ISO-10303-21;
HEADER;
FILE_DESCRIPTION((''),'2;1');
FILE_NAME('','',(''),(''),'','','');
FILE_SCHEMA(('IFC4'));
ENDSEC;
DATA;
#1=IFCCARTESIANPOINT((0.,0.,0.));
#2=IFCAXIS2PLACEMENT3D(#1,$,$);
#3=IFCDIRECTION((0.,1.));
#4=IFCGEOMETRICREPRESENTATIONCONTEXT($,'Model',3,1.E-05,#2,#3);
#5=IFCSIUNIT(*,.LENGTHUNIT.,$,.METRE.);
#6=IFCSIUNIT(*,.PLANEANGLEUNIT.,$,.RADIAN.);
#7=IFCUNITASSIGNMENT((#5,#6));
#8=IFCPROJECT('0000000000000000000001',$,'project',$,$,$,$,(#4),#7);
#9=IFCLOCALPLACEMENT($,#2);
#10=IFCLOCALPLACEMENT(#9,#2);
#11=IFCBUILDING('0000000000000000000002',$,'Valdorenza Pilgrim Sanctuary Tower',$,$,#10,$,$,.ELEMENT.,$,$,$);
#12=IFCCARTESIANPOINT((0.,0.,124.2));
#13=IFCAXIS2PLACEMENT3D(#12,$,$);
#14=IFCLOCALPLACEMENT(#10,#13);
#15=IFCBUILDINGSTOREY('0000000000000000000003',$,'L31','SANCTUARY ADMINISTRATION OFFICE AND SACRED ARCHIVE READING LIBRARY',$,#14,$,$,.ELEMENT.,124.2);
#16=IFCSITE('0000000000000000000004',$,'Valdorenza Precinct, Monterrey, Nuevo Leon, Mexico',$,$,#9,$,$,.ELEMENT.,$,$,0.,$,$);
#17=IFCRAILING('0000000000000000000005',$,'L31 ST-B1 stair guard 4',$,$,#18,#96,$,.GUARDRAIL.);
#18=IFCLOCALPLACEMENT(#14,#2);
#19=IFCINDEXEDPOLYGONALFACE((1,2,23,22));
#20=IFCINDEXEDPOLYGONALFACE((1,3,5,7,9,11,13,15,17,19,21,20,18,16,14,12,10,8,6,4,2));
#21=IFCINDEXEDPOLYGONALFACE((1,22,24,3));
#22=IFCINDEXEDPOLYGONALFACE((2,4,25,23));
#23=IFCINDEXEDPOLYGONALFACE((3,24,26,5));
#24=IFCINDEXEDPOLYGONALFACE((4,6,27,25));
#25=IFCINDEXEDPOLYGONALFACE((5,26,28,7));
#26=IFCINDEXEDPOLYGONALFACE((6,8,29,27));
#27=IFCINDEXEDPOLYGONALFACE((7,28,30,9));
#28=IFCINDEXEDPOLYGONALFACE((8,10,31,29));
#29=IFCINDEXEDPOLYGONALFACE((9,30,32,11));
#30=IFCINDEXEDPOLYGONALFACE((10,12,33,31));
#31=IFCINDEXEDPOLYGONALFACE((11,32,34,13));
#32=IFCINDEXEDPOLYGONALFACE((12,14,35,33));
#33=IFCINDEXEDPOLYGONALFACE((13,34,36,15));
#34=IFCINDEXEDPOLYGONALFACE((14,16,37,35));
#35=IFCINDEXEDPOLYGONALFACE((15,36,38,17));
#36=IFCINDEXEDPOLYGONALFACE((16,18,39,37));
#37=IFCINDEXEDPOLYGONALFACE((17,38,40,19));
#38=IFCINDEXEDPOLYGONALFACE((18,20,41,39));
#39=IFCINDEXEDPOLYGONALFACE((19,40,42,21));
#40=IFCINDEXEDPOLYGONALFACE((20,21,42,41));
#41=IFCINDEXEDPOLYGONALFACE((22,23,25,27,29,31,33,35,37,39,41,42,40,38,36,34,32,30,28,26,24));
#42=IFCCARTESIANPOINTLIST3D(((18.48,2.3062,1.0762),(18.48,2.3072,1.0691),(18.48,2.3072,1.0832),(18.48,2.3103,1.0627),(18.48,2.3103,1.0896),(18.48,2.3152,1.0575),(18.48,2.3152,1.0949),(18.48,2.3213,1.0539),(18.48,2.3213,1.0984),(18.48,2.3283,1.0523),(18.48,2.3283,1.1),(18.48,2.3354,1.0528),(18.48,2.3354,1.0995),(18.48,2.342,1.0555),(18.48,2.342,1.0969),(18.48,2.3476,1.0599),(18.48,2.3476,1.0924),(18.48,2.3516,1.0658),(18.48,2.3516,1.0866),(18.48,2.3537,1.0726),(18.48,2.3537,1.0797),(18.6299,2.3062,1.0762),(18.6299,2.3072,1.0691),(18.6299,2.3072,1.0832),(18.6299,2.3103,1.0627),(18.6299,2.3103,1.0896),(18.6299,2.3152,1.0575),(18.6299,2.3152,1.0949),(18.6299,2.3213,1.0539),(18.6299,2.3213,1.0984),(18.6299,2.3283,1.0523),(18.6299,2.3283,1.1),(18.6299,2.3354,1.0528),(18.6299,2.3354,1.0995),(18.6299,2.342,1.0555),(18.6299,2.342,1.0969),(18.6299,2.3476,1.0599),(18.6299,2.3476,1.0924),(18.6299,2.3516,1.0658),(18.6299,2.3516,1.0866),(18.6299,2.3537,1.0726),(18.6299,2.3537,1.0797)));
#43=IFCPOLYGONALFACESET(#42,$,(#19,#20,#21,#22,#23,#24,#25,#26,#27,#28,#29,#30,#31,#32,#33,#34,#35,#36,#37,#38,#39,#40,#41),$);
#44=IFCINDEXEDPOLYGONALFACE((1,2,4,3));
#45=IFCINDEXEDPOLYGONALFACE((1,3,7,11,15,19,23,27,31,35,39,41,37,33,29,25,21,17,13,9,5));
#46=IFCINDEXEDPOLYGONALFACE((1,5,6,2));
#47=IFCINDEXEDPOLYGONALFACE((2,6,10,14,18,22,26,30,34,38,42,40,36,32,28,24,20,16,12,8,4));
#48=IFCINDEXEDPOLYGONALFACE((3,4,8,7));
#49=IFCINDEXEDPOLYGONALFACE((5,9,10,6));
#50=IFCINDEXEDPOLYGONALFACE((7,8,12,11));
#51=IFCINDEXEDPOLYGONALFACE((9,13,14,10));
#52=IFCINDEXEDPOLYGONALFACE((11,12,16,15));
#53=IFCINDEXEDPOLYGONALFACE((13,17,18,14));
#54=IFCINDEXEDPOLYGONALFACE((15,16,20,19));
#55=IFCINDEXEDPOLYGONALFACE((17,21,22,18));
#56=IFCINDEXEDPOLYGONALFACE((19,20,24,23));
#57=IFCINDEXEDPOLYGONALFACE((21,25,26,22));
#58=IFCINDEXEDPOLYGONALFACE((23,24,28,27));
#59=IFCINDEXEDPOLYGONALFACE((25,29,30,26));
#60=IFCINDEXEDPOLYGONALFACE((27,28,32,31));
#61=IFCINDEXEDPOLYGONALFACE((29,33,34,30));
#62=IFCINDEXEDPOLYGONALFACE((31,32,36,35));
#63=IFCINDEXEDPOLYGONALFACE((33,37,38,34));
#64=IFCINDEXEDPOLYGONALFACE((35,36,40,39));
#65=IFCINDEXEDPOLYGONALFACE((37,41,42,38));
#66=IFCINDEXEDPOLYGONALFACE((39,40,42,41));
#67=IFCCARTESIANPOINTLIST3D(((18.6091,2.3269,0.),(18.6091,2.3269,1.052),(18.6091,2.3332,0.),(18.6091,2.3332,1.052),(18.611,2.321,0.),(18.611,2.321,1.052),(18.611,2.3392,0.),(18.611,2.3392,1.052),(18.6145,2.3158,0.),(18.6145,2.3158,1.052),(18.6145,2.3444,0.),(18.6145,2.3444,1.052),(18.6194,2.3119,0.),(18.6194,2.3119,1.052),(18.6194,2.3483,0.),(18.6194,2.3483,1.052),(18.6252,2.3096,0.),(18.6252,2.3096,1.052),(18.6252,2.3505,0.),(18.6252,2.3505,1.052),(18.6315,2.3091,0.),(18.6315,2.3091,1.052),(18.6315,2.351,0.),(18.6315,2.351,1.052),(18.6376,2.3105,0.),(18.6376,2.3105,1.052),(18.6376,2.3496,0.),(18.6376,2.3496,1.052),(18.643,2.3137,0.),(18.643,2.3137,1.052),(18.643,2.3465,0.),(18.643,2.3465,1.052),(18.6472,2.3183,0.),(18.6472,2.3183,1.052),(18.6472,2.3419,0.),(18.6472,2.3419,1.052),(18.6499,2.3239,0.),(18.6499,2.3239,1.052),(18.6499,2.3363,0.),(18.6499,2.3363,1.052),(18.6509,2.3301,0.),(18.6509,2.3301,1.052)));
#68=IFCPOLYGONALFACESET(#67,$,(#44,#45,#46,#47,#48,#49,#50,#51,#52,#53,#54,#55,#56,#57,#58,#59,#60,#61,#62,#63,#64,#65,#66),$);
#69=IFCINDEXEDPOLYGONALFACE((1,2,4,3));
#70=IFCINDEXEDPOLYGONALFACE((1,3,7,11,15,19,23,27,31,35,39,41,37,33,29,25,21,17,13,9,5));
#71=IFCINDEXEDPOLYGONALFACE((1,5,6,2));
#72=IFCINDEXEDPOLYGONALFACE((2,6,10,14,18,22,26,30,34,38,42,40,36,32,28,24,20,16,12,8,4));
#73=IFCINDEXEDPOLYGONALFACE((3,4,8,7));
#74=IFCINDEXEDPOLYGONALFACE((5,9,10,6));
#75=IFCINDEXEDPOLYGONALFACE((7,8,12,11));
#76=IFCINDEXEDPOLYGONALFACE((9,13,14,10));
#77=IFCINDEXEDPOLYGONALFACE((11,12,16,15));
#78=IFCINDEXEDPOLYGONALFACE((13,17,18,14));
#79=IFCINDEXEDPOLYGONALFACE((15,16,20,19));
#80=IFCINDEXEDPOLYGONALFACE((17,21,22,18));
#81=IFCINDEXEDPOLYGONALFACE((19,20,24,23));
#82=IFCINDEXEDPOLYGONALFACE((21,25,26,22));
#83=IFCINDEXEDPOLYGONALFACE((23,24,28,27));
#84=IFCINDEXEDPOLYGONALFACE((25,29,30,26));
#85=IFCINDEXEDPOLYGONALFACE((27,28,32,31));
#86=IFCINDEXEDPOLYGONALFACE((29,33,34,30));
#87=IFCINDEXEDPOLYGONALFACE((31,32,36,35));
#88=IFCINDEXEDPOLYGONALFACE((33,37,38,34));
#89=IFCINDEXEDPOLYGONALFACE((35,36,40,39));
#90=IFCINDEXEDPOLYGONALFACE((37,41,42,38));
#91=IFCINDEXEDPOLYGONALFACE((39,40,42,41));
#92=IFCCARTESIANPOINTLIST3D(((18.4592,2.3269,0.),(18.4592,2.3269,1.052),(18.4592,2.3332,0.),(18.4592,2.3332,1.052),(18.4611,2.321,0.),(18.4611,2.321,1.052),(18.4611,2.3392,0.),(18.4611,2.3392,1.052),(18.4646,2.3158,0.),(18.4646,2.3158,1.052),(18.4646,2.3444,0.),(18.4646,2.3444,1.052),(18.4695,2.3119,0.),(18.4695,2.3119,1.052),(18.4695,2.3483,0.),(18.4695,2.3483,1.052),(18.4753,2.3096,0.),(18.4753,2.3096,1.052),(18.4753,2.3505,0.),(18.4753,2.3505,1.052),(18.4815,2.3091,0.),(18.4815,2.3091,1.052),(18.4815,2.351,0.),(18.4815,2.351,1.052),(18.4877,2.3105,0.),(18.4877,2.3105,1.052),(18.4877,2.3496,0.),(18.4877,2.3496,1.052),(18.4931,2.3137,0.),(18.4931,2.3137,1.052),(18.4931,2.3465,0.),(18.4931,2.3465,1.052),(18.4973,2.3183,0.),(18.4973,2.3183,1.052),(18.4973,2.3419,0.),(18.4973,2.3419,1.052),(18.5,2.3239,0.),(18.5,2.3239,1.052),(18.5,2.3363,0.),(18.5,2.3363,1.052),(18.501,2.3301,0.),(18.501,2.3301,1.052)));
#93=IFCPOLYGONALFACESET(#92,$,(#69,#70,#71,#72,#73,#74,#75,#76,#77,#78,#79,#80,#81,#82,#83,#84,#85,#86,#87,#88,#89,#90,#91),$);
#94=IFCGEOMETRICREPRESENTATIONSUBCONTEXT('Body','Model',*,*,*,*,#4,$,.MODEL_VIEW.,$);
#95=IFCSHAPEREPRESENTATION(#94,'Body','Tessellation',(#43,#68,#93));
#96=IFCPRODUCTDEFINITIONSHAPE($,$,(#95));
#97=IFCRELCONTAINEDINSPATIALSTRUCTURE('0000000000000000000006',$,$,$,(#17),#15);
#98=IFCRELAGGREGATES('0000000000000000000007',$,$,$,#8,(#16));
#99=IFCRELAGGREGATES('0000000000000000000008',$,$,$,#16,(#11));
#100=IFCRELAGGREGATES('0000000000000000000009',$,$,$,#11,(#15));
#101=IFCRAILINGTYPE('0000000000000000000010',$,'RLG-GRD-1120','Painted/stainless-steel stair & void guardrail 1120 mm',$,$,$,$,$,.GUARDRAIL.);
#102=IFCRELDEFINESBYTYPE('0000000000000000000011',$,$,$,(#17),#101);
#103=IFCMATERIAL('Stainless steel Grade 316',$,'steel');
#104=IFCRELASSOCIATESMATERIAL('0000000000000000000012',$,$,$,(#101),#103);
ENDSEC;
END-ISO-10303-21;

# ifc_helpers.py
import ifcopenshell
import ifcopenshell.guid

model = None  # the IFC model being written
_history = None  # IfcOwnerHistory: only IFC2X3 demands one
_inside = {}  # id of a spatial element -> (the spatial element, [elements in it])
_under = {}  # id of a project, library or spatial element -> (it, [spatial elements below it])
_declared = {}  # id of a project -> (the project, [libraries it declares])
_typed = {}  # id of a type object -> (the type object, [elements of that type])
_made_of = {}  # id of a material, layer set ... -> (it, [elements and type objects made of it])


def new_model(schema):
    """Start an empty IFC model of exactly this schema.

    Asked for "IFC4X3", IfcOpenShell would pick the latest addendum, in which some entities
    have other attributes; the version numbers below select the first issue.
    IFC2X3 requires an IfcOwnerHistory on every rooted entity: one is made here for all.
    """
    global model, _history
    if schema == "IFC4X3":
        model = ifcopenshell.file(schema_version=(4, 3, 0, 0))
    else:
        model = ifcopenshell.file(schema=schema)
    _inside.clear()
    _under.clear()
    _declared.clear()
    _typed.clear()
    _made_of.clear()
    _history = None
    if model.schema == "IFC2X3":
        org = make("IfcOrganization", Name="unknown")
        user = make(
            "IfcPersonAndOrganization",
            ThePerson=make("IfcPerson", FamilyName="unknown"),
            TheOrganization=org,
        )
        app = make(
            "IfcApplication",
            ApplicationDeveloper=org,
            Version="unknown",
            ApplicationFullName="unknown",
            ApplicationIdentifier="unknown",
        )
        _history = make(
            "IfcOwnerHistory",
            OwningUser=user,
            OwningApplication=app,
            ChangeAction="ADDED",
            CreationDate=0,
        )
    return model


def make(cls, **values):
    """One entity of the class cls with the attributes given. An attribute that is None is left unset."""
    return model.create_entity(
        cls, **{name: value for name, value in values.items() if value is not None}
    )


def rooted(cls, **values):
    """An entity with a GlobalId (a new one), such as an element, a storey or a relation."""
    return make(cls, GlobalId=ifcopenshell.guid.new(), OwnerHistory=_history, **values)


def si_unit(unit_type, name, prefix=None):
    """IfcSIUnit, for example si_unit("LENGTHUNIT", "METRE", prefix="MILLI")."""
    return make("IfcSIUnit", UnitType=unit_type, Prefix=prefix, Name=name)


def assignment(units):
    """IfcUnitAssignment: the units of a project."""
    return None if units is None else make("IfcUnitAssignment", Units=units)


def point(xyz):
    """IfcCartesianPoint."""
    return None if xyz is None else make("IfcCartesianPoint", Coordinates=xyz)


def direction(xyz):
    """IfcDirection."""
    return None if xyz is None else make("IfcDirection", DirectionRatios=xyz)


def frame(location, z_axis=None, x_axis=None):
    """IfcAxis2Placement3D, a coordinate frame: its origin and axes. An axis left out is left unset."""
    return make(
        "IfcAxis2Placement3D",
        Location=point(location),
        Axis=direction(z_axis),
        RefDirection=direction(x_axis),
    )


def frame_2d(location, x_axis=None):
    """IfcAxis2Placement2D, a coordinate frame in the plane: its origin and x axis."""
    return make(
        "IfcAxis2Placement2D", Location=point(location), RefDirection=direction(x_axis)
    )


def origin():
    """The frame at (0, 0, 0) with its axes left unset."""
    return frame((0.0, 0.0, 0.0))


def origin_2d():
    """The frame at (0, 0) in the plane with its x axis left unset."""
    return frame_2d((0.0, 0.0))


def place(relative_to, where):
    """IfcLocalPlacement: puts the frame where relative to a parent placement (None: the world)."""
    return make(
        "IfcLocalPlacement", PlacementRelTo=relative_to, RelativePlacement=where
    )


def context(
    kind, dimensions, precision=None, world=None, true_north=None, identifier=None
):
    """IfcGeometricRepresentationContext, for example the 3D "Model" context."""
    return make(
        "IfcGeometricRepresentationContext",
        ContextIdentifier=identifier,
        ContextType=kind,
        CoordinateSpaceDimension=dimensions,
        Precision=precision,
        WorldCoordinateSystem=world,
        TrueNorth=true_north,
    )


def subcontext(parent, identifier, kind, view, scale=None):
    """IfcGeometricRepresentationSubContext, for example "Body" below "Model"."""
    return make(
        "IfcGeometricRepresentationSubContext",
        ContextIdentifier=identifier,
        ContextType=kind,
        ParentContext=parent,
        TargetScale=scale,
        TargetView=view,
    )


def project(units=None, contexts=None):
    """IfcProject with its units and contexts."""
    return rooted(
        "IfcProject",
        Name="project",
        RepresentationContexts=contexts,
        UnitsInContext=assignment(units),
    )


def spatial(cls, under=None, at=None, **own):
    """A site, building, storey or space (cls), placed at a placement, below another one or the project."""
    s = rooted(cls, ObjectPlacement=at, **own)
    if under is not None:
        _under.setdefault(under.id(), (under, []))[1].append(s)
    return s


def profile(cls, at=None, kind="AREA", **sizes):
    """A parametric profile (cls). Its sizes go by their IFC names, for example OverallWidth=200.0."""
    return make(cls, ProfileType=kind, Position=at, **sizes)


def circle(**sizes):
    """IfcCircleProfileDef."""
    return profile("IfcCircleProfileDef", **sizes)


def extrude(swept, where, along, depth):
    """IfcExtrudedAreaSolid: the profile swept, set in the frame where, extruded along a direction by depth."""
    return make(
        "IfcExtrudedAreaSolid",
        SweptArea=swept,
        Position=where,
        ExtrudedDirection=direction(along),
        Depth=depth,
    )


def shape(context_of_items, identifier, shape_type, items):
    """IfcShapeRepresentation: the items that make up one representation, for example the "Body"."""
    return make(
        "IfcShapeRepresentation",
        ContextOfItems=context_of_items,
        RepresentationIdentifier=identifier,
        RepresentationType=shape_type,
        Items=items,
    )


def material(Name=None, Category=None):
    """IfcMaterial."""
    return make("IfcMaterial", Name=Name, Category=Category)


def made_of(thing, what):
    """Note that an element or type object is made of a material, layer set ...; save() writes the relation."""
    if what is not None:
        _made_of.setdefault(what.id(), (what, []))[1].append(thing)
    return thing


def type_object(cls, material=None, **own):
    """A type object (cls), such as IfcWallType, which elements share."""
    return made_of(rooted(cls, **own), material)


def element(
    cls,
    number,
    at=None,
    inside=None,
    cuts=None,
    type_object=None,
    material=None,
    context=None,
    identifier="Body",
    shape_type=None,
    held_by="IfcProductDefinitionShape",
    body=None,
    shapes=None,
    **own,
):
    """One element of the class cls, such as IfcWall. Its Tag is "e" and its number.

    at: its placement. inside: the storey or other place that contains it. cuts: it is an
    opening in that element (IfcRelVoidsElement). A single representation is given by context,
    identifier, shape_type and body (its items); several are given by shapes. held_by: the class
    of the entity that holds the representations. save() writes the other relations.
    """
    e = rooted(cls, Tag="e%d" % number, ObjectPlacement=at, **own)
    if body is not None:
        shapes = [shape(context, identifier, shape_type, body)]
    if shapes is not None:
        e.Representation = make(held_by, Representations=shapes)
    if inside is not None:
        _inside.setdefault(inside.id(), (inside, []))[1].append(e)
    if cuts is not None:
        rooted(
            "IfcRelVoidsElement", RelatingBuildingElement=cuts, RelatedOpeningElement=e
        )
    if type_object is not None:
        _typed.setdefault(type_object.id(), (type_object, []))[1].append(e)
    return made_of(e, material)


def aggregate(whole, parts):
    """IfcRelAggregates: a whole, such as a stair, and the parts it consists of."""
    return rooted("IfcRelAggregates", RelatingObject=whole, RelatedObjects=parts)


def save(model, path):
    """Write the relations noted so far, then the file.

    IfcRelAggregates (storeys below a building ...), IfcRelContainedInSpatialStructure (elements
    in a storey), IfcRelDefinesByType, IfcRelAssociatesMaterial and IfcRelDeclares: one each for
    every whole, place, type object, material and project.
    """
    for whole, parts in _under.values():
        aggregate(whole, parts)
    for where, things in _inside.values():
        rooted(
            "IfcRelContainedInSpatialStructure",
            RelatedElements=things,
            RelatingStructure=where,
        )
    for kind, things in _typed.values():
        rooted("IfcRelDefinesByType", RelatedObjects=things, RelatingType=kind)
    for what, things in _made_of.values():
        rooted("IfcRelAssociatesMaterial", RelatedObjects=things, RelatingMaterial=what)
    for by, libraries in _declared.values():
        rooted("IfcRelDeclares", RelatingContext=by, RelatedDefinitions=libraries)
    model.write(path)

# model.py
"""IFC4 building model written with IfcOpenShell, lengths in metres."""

from ifc_helpers import new_model, si_unit, direction, frame, origin, origin_2d, place, context, subcontext, project, spatial, circle, extrude, material, type_object, element, save


model = new_model("IFC4")

# Units and contexts
model_context = context("Model", 3, precision=1e-05, world=origin(), true_north=direction((0.0, 1.0)))
body_context = subcontext(model_context, "Body", "Model", "MODEL_VIEW")
ifc_project = project(units=[si_unit("LENGTHUNIT", "METRE"), si_unit("PLANEANGLEUNIT", "RADIAN")], contexts=[model_context])

# Site, building, storey
site_placement = place(None, origin())
site = spatial("IfcSite", under=ifc_project, at=site_placement, Name="Valdorenza Precinct, Monterrey, Nuevo Leon, Mexico", CompositionType="ELEMENT", RefElevation=0.0)
building_placement = place(site_placement, origin())
building = spatial("IfcBuilding", under=site, at=building_placement, Name="Valdorenza Pilgrim Sanctuary Tower", CompositionType="ELEMENT")
storey_placement = place(building_placement, frame((0.0, 0.0, 124.2)))
storey = spatial("IfcBuildingStorey", under=building, at=storey_placement, Name="L31", Description="SANCTUARY ADMINISTRATION OFFICE AND SACRED ARCHIVE READING LIBRARY", CompositionType="ELEMENT", Elevation=124.2)

# Railing
ifc_material_1 = material(Name="Stainless steel Grade 316", Category="steel")
railing_type_1 = type_object("IfcRailingType", Name="RLG-GRD-1120", Description="Painted/stainless-steel stair & void guardrail 1120 mm", PredefinedType="GUARDRAIL", material=ifc_material_1)
railing_1_placement = place(storey_placement, frame((18.6299, 2.3301, 0.0)))
element("IfcRailing", 1, at=railing_1_placement, inside=storey, type_object=railing_type_1, Name="L31 ST-B1 stair guard 4", PredefinedType="GUARDRAIL", context=body_context, shape_type="SweptSolid", body=[
    extrude(circle(Radius=0.0239, at=origin_2d()), frame((0.0, 0.0, 1.0762), z_axis=(-1.0, 0.0, 0.0), x_axis=(0.0, -1.0, 0.0)), (0.0, 0.0, 1.0), 0.1499),
    extrude(circle(Radius=0.021, at=origin_2d()), origin(), (0.0, 0.0, 1.0), 1.052),
    extrude(circle(Radius=0.021, at=origin_2d()), frame((-0.1499, 0.0, 0.0)), (0.0, 0.0, 1.0), 1.052),
])

save(model, "model.ifc")
